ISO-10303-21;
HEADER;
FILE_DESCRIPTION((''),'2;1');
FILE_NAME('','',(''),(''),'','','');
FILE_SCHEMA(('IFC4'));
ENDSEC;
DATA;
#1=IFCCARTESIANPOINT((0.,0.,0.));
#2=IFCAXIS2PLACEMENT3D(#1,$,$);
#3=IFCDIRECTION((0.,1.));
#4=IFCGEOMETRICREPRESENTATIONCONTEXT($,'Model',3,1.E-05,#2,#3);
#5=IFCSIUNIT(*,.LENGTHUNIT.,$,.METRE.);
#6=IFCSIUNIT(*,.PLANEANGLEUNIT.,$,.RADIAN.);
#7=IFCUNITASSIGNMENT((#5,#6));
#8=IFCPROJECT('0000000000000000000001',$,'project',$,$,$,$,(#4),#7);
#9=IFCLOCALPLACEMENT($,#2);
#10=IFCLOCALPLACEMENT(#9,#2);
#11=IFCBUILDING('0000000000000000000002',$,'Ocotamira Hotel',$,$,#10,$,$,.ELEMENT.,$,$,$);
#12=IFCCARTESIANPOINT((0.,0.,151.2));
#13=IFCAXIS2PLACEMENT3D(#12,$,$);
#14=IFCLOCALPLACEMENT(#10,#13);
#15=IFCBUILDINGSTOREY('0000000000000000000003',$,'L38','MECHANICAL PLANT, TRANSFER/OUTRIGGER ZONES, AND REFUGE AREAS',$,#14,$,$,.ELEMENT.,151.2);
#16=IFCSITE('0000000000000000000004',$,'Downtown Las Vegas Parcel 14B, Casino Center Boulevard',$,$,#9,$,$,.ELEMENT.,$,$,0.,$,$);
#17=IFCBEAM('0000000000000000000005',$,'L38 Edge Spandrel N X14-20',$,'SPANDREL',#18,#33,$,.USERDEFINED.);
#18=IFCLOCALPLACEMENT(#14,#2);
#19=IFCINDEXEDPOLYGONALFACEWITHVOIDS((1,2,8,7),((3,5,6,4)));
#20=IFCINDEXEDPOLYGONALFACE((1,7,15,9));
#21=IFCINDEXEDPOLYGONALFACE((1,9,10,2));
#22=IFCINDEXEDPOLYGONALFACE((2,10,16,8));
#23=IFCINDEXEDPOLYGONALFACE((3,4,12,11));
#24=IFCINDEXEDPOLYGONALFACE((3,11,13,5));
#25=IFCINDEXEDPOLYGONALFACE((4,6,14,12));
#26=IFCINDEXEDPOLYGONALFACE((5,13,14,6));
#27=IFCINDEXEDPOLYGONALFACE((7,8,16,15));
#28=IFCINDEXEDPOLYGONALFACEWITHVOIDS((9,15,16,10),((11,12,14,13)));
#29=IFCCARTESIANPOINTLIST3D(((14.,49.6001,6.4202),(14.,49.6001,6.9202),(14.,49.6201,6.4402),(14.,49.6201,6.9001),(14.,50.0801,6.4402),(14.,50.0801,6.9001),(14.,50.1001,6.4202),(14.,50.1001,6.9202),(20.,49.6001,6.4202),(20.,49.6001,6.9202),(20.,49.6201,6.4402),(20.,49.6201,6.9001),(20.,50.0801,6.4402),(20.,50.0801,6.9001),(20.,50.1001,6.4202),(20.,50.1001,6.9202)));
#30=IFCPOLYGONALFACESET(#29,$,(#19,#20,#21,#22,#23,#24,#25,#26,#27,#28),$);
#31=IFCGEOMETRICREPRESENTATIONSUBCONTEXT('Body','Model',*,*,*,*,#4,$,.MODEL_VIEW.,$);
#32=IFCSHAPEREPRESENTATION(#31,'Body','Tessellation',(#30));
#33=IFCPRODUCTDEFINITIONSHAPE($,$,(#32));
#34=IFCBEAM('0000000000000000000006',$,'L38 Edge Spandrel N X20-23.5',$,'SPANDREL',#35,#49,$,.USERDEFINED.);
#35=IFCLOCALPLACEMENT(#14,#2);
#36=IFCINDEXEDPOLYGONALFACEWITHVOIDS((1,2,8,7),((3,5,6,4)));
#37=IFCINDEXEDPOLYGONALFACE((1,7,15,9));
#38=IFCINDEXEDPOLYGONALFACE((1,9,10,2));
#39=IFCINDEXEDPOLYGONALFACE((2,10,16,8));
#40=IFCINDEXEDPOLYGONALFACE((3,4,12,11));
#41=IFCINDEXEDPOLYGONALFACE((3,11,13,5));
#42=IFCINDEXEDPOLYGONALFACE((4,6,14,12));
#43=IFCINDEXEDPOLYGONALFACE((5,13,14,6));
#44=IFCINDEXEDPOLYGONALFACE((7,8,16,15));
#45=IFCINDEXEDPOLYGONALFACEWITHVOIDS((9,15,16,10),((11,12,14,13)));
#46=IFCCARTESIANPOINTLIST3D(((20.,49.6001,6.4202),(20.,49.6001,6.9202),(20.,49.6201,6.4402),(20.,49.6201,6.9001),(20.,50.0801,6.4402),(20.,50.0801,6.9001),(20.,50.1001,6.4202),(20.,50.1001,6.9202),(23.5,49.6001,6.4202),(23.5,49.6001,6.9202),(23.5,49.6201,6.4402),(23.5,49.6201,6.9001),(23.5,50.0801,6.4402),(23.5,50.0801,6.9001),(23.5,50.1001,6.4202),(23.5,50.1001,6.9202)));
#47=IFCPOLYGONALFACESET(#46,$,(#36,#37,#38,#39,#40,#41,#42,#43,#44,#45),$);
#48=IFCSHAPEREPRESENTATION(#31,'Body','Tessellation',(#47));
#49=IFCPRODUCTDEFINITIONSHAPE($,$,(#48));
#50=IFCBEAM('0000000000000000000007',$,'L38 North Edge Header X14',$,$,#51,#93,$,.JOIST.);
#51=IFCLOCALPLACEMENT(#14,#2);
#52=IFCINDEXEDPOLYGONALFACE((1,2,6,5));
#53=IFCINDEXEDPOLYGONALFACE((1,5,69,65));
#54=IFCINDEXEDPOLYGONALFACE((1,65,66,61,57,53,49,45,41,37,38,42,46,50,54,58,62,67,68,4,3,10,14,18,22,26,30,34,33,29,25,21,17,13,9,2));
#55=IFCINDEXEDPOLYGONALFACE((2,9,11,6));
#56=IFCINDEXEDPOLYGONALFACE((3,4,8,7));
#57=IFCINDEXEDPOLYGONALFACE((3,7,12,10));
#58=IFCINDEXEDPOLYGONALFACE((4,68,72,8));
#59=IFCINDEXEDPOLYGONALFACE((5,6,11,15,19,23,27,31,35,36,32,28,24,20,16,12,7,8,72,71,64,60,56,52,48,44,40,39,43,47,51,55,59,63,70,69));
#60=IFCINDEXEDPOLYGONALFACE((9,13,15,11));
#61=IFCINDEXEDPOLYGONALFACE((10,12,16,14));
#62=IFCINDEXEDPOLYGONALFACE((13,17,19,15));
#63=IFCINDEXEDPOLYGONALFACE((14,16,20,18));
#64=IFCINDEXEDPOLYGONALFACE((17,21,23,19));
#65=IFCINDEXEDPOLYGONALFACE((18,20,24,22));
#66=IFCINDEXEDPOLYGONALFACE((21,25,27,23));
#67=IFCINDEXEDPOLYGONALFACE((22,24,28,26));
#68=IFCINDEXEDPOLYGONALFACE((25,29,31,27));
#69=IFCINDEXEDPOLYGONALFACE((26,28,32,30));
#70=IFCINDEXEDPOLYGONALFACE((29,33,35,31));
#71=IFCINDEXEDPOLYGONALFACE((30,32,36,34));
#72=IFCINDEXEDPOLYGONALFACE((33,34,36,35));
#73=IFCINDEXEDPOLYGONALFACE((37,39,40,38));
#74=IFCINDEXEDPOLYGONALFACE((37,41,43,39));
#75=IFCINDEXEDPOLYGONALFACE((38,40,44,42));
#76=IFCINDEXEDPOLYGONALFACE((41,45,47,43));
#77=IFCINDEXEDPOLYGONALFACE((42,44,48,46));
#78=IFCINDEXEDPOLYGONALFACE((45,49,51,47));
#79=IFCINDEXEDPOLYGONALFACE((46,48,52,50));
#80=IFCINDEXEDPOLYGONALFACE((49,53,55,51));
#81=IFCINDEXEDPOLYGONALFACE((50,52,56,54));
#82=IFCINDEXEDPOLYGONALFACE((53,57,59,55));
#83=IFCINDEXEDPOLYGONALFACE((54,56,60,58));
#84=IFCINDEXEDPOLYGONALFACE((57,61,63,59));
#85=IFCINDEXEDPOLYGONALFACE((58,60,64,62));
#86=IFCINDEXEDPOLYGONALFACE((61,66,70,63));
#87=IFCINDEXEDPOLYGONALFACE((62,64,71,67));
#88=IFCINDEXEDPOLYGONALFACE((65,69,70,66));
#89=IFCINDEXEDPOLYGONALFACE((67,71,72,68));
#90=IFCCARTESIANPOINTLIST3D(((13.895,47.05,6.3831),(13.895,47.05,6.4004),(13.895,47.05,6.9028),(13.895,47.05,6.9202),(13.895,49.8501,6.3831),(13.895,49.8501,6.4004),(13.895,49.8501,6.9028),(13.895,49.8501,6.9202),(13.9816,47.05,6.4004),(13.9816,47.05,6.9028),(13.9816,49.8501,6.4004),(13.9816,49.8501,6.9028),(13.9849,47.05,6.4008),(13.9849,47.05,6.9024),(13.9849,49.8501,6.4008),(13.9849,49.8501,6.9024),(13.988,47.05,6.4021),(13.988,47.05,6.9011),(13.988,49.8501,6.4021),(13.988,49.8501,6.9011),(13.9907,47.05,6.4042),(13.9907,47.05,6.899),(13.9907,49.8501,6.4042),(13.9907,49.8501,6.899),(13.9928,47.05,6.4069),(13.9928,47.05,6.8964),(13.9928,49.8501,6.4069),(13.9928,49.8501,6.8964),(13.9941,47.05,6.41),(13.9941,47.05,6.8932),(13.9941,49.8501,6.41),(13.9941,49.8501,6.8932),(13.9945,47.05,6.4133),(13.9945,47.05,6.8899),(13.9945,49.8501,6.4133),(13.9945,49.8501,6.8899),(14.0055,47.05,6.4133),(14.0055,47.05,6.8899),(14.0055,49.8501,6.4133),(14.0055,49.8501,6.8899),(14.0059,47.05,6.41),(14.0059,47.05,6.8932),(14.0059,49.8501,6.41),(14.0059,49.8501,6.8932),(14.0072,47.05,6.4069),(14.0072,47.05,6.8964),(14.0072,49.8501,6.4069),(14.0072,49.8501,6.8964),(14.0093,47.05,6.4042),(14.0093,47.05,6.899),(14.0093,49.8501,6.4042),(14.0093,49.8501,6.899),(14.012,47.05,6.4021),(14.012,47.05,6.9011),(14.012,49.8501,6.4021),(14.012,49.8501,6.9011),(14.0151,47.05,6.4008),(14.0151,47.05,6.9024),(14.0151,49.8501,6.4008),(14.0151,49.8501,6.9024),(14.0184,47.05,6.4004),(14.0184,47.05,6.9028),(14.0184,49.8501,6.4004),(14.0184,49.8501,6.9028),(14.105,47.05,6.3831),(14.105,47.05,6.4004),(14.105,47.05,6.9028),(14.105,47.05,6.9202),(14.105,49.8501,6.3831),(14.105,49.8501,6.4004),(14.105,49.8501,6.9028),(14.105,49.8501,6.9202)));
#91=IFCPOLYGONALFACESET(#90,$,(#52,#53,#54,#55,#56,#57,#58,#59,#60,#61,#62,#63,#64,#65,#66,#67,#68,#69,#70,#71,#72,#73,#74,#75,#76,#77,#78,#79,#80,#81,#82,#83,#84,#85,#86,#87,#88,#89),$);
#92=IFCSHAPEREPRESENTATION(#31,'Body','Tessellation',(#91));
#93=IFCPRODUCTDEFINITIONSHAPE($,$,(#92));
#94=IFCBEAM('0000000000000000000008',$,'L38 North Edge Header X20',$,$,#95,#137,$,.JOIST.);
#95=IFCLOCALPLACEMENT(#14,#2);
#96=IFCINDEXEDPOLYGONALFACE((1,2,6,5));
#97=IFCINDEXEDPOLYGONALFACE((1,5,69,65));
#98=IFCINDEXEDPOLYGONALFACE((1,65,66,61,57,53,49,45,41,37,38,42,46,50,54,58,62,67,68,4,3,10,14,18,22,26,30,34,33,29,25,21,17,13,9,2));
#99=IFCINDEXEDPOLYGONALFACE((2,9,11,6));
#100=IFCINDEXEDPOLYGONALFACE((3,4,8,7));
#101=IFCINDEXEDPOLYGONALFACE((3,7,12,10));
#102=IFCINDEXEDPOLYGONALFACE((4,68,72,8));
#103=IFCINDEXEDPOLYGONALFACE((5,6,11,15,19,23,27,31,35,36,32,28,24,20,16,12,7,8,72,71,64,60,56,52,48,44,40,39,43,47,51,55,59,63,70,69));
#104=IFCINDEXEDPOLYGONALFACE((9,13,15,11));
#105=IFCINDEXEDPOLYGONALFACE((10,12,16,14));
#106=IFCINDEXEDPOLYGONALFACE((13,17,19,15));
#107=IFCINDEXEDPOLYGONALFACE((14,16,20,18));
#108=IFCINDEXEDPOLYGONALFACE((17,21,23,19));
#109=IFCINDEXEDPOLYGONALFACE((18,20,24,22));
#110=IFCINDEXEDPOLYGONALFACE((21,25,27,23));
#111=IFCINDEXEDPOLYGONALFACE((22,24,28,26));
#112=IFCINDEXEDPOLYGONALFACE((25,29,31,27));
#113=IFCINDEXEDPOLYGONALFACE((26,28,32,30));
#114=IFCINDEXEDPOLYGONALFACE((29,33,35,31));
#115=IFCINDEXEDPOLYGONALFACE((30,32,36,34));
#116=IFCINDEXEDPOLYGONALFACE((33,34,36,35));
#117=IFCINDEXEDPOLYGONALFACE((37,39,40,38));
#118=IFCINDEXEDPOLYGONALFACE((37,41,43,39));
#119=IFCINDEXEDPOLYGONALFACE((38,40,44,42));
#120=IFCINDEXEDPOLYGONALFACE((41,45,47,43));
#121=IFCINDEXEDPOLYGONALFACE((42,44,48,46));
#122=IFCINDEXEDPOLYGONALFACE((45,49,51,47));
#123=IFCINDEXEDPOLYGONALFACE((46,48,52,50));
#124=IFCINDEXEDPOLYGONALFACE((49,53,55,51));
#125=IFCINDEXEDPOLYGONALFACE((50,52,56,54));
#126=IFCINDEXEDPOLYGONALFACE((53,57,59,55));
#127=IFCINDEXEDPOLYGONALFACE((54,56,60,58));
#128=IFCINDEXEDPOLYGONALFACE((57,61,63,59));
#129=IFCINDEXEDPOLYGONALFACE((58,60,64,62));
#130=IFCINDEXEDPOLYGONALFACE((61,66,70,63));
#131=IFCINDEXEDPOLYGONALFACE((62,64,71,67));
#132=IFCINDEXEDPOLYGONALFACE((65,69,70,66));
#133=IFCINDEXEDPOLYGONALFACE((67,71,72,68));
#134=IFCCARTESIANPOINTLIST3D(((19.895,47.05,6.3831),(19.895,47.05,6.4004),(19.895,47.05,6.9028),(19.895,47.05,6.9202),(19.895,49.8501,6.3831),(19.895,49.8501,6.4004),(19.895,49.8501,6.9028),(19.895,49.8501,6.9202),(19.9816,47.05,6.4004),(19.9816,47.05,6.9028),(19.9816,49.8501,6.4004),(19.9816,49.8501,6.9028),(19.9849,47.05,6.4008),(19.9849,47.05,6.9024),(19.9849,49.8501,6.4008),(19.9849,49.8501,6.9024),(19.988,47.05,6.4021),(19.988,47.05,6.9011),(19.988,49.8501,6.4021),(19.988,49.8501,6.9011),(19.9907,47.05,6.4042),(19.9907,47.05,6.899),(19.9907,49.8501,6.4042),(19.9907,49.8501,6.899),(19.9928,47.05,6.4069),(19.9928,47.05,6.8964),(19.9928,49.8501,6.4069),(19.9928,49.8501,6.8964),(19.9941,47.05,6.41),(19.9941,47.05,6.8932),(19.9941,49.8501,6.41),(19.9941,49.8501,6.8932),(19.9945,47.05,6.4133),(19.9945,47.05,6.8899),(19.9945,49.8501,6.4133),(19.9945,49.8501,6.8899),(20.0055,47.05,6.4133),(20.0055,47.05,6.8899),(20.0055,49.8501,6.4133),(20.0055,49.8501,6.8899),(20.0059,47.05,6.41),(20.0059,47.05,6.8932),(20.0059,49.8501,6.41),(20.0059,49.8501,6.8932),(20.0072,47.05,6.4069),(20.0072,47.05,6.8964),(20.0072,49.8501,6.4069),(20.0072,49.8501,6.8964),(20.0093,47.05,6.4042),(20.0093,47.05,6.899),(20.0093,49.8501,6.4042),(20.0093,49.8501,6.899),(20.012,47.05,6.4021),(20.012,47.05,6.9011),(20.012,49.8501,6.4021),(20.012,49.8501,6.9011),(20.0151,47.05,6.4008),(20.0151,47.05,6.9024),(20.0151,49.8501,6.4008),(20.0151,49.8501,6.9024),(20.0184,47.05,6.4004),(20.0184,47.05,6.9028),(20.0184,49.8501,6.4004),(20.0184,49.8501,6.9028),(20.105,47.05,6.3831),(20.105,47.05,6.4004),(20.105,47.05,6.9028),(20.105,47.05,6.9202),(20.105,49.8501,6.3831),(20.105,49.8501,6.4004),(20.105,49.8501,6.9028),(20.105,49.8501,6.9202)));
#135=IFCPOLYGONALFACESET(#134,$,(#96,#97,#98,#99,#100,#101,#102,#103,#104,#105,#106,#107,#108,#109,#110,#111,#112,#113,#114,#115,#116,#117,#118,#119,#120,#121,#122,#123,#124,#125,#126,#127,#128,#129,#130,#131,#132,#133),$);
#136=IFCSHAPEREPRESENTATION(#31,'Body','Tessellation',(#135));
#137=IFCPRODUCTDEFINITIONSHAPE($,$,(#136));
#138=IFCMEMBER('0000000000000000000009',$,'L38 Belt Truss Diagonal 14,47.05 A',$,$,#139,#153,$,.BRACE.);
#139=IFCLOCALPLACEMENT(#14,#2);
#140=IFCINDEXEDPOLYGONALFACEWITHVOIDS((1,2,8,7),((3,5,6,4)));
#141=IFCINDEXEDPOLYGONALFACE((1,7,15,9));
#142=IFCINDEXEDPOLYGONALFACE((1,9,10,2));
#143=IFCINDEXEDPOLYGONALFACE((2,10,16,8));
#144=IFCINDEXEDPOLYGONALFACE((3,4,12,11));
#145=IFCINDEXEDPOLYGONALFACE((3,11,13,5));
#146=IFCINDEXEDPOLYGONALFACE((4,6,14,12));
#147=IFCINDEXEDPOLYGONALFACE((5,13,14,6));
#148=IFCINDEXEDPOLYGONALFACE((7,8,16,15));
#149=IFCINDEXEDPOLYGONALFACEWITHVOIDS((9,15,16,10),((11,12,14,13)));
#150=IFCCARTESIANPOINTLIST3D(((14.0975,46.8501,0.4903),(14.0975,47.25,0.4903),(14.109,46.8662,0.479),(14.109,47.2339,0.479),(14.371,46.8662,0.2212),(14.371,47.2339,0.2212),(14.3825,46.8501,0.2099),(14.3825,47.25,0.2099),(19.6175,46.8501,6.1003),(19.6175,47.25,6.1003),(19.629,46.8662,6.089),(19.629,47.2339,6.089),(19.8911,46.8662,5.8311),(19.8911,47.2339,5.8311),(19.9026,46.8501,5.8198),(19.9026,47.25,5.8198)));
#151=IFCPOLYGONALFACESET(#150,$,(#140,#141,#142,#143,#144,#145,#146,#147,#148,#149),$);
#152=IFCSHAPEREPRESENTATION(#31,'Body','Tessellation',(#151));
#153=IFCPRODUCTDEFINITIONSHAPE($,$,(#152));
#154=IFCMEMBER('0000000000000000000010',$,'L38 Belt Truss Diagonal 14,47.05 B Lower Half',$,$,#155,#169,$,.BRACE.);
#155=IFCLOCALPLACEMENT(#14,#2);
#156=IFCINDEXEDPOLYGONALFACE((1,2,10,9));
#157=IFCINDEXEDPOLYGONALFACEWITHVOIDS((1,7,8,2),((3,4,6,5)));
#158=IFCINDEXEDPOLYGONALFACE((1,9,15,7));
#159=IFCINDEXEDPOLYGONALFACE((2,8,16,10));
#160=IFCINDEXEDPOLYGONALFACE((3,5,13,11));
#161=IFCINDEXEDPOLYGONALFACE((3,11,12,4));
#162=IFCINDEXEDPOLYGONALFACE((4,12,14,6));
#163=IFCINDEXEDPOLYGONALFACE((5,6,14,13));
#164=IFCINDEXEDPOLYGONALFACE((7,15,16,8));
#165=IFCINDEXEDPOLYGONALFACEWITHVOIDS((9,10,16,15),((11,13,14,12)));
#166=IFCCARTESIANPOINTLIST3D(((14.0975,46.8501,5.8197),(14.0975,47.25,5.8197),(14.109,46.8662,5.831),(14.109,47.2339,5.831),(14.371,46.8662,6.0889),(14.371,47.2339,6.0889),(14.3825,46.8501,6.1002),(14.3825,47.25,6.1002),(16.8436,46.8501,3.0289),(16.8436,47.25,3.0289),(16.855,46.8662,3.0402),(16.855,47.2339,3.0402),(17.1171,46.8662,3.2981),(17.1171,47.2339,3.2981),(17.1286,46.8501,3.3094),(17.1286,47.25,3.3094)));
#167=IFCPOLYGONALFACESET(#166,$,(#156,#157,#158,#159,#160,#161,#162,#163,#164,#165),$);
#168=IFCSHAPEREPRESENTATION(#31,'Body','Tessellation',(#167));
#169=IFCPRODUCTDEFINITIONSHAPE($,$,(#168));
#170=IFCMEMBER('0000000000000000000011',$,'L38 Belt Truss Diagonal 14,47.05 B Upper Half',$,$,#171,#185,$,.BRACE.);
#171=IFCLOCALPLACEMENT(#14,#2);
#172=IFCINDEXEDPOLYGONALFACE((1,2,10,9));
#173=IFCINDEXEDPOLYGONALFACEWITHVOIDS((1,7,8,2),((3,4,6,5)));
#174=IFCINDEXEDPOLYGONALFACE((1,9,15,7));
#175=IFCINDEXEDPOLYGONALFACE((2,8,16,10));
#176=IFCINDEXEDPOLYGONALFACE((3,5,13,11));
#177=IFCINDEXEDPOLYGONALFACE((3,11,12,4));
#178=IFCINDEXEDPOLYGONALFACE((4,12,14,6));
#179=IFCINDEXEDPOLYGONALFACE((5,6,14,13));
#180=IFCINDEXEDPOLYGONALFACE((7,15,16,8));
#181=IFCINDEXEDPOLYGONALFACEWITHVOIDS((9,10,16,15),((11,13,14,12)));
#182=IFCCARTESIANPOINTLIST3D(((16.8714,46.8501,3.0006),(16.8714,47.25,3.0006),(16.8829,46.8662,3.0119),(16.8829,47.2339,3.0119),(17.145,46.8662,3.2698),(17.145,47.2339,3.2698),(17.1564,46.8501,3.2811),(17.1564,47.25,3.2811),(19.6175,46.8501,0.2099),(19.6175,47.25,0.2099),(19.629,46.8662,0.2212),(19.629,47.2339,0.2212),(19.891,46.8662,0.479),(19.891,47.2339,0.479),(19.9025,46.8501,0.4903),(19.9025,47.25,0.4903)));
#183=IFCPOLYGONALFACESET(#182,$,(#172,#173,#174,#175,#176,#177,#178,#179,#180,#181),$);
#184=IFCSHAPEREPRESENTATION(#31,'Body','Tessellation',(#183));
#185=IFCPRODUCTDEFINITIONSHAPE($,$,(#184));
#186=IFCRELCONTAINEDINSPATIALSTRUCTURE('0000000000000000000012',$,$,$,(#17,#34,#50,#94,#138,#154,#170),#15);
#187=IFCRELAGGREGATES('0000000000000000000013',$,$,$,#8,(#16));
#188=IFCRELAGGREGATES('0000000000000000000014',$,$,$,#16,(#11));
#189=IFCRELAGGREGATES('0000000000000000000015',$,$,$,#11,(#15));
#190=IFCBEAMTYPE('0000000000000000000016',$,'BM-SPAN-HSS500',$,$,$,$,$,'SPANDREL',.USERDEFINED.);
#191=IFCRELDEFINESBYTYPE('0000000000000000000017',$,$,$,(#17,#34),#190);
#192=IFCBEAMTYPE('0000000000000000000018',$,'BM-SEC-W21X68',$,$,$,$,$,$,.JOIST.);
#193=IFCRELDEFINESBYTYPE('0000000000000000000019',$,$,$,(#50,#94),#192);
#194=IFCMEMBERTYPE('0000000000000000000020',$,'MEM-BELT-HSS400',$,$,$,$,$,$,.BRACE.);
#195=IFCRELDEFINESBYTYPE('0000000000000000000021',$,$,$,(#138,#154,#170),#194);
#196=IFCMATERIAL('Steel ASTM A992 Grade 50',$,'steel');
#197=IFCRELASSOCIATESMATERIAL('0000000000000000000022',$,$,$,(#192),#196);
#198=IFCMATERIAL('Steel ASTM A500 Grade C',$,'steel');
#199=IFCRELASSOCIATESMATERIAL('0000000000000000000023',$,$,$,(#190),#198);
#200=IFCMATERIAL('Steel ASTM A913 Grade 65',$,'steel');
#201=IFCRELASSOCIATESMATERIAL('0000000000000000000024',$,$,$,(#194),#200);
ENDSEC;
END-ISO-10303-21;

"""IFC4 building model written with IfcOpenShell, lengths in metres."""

from ifc_helpers import new_model, si_unit, direction, frame, origin, origin_2d, place, context, subcontext, project, spatial, hollow_rectangle, i_section, extrude, source, transform, mapped, material, material_profile, profile_set, type_object, element, save


model = new_model("IFC4")

# Units and contexts
model_context = context("Model", 3, precision=1e-05, world=origin(), true_north=direction((0.0, 1.0)))
body_context = subcontext(model_context, "Body", "Model", "MODEL_VIEW")
ifc_project = project(units=[si_unit("LENGTHUNIT", "METRE"), si_unit("PLANEANGLEUNIT", "RADIAN")], contexts=[model_context])

# Site, building, storey
site_placement = place(None, origin())
site = spatial("IfcSite", under=ifc_project, at=site_placement, Name="Downtown Las Vegas Parcel 14B, Casino Center Boulevard", CompositionType="ELEMENT", RefElevation=0.0)
building_placement = place(site_placement, origin())
building = spatial("IfcBuilding", under=site, at=building_placement, Name="Ocotamira Hotel", CompositionType="ELEMENT")
storey_placement = place(building_placement, frame((0.0, 0.0, 151.2)))
storey = spatial("IfcBuildingStorey", under=building, at=storey_placement, Name="L38", Description="MECHANICAL PLANT, TRANSFER/OUTRIGGER ZONES, AND REFUGE AREAS", CompositionType="ELEMENT", Elevation=151.2)

# Shared definitions
ifc_material_1 = material(Name="Steel ASTM A913 Grade 65", Category="steel")

# Beams
ifc_material_2 = material(Name="Steel ASTM A992 Grade 50", Category="steel")
ifc_material_profile_1 = material_profile(ifc_material_2, i_section(OverallWidth=0.21, OverallDepth=0.5371, WebThickness=0.011, FlangeThickness=0.0173, FilletRadius=0.0129, at=origin_2d()), Name="W21X68")
ifc_profile_set_1 = profile_set([ifc_material_profile_1], Name="Steel ASTM A992 Grade 50")
beam_type_1 = type_object("IfcBeamType", Name="BM-SEC-W21X68", PredefinedType="JOIST", material=ifc_profile_set_1)
ifc_material_3 = material(Name="Steel ASTM A500 Grade C", Category="steel")
ifc_material_profile_2 = material_profile(ifc_material_3, hollow_rectangle(XDim=0.5, YDim=0.5, WallThickness=0.02, at=origin_2d()), Name="HSS500X500X20")
ifc_profile_set_2 = profile_set([ifc_material_profile_2], Name="Steel ASTM A500 Grade C")
beam_type_2 = type_object("IfcBeamType", Name="BM-SPAN-HSS500", ElementType="SPANDREL", PredefinedType="USERDEFINED", material=ifc_profile_set_2)
shared_shape_1 = source(origin(), body_context, "Body", "SweptSolid", [
    extrude(hollow_rectangle(XDim=0.5, YDim=0.5, WallThickness=0.02, at=origin_2d()), origin(), (0.0, 0.0, 1.0), 6.0),
])
beam_1_placement = place(storey_placement, frame((14.0, 49.8501, 6.6702), z_axis=(1.0, 0.0, 0.0), x_axis=(0.0, 1.0, 0.0)))
element("IfcBeam", 1, at=beam_1_placement, inside=storey, type_object=beam_type_2, Name="L38 Edge Spandrel N X14-20", ObjectType="SPANDREL", PredefinedType="USERDEFINED", context=body_context, shape_type="MappedRepresentation", body=[
    mapped(shared_shape_1, transform((0.0, 0.0, 0.0), scale=1.0)),
])
shared_shape_2 = source(origin(), body_context, "Body", "SweptSolid", [
    extrude(hollow_rectangle(XDim=0.5, YDim=0.5, WallThickness=0.02, at=origin_2d()), origin(), (0.0, 0.0, 1.0), 3.5),
])
beam_2_placement = place(storey_placement, frame((20.0, 49.8501, 6.6702), z_axis=(1.0, 0.0, 0.0), x_axis=(0.0, 1.0, 0.0)))
element("IfcBeam", 2, at=beam_2_placement, inside=storey, type_object=beam_type_2, Name="L38 Edge Spandrel N X20-23.5", ObjectType="SPANDREL", PredefinedType="USERDEFINED", context=body_context, shape_type="MappedRepresentation", body=[
    mapped(shared_shape_2, transform((0.0, 0.0, 0.0), scale=1.0)),
])
shared_shape_3 = source(origin(), body_context, "Body", "SweptSolid", [
    extrude(i_section(OverallWidth=0.21, OverallDepth=0.5371, WebThickness=0.011, FlangeThickness=0.0173, FilletRadius=0.0129, at=origin_2d()), origin(), (0.0, 0.0, 1.0), 2.8),
])
for number, where, z_axis, x_axis, name in (
    (3, (14.0, 47.05, 6.6516), (0.0, 1.0, 0.0), (-1.0, 0.0, 0.0), "L38 North Edge Header X14"),
    (4, (20.0, 47.05, 6.6516), (0.0, 1.0, 0.0), (-1.0, 0.0, 0.0), "L38 North Edge Header X20"),
):
    element("IfcBeam", number, at=place(storey_placement, frame(where, z_axis=z_axis, x_axis=x_axis)), inside=storey, type_object=beam_type_1, Name=name, PredefinedType="JOIST", context=body_context, shape_type="MappedRepresentation", body=[
        mapped(shared_shape_3, transform((0.0, 0.0, 0.0), scale=1.0)),
    ])

# Members
ifc_material_profile_3 = material_profile(ifc_material_1, hollow_rectangle(XDim=0.3999, YDim=0.3999, WallThickness=0.0161, at=origin_2d()), Name="HSS400X400X16")
ifc_profile_set_3 = profile_set([ifc_material_profile_3], Name="Steel ASTM A913 Grade 65")
member_type_1 = type_object("IfcMemberType", Name="MEM-BELT-HSS400", PredefinedType="BRACE", material=ifc_profile_set_3)
shared_shape_4 = source(origin(), body_context, "Body", "SweptSolid", [
    extrude(hollow_rectangle(XDim=0.3999, YDim=0.3999, WallThickness=0.0161, at=origin_2d()), origin(), (0.0, 0.0, 1.0), 7.8704),
])
member_1_placement = place(storey_placement, frame((14.24, 47.05, 0.3501), z_axis=(0.701376, 0.0, 0.712792), x_axis=(0.0, 1.0, 0.0)))
element("IfcMember", 5, at=member_1_placement, inside=storey, type_object=member_type_1, Name="L38 Belt Truss Diagonal 14,47.05 A", PredefinedType="BRACE", context=body_context, shape_type="MappedRepresentation", body=[
    mapped(shared_shape_4, transform((0.0, 0.0, 0.0), scale=1.0)),
])
shared_shape_5 = source(origin(), body_context, "Body", "SweptSolid", [
    extrude(hollow_rectangle(XDim=0.3999, YDim=0.3999, WallThickness=0.0161, at=origin_2d()), origin(), (0.0, 0.0, 1.0), 3.9153),
])
for number, where, z_axis, x_axis, name in (
    (6, (14.24, 47.05, 5.96), (0.701378, 0.0, -0.712789), (0.0, 1.0, 0.0), "L38 Belt Truss Diagonal 14,47.05 B Lower Half"),
    (7, (17.0139, 47.05, 3.1409), (0.701378, 0.0, -0.712789), (0.0, 1.0, 0.0), "L38 Belt Truss Diagonal 14,47.05 B Upper Half"),
):
    element("IfcMember", number, at=place(storey_placement, frame(where, z_axis=z_axis, x_axis=x_axis)), inside=storey, type_object=member_type_1, Name=name, PredefinedType="BRACE", context=body_context, shape_type="MappedRepresentation", body=[
        mapped(shared_shape_5, transform((0.0, 0.0, 0.0), scale=1.0)),
    ])

save(model, "model.ifc")
